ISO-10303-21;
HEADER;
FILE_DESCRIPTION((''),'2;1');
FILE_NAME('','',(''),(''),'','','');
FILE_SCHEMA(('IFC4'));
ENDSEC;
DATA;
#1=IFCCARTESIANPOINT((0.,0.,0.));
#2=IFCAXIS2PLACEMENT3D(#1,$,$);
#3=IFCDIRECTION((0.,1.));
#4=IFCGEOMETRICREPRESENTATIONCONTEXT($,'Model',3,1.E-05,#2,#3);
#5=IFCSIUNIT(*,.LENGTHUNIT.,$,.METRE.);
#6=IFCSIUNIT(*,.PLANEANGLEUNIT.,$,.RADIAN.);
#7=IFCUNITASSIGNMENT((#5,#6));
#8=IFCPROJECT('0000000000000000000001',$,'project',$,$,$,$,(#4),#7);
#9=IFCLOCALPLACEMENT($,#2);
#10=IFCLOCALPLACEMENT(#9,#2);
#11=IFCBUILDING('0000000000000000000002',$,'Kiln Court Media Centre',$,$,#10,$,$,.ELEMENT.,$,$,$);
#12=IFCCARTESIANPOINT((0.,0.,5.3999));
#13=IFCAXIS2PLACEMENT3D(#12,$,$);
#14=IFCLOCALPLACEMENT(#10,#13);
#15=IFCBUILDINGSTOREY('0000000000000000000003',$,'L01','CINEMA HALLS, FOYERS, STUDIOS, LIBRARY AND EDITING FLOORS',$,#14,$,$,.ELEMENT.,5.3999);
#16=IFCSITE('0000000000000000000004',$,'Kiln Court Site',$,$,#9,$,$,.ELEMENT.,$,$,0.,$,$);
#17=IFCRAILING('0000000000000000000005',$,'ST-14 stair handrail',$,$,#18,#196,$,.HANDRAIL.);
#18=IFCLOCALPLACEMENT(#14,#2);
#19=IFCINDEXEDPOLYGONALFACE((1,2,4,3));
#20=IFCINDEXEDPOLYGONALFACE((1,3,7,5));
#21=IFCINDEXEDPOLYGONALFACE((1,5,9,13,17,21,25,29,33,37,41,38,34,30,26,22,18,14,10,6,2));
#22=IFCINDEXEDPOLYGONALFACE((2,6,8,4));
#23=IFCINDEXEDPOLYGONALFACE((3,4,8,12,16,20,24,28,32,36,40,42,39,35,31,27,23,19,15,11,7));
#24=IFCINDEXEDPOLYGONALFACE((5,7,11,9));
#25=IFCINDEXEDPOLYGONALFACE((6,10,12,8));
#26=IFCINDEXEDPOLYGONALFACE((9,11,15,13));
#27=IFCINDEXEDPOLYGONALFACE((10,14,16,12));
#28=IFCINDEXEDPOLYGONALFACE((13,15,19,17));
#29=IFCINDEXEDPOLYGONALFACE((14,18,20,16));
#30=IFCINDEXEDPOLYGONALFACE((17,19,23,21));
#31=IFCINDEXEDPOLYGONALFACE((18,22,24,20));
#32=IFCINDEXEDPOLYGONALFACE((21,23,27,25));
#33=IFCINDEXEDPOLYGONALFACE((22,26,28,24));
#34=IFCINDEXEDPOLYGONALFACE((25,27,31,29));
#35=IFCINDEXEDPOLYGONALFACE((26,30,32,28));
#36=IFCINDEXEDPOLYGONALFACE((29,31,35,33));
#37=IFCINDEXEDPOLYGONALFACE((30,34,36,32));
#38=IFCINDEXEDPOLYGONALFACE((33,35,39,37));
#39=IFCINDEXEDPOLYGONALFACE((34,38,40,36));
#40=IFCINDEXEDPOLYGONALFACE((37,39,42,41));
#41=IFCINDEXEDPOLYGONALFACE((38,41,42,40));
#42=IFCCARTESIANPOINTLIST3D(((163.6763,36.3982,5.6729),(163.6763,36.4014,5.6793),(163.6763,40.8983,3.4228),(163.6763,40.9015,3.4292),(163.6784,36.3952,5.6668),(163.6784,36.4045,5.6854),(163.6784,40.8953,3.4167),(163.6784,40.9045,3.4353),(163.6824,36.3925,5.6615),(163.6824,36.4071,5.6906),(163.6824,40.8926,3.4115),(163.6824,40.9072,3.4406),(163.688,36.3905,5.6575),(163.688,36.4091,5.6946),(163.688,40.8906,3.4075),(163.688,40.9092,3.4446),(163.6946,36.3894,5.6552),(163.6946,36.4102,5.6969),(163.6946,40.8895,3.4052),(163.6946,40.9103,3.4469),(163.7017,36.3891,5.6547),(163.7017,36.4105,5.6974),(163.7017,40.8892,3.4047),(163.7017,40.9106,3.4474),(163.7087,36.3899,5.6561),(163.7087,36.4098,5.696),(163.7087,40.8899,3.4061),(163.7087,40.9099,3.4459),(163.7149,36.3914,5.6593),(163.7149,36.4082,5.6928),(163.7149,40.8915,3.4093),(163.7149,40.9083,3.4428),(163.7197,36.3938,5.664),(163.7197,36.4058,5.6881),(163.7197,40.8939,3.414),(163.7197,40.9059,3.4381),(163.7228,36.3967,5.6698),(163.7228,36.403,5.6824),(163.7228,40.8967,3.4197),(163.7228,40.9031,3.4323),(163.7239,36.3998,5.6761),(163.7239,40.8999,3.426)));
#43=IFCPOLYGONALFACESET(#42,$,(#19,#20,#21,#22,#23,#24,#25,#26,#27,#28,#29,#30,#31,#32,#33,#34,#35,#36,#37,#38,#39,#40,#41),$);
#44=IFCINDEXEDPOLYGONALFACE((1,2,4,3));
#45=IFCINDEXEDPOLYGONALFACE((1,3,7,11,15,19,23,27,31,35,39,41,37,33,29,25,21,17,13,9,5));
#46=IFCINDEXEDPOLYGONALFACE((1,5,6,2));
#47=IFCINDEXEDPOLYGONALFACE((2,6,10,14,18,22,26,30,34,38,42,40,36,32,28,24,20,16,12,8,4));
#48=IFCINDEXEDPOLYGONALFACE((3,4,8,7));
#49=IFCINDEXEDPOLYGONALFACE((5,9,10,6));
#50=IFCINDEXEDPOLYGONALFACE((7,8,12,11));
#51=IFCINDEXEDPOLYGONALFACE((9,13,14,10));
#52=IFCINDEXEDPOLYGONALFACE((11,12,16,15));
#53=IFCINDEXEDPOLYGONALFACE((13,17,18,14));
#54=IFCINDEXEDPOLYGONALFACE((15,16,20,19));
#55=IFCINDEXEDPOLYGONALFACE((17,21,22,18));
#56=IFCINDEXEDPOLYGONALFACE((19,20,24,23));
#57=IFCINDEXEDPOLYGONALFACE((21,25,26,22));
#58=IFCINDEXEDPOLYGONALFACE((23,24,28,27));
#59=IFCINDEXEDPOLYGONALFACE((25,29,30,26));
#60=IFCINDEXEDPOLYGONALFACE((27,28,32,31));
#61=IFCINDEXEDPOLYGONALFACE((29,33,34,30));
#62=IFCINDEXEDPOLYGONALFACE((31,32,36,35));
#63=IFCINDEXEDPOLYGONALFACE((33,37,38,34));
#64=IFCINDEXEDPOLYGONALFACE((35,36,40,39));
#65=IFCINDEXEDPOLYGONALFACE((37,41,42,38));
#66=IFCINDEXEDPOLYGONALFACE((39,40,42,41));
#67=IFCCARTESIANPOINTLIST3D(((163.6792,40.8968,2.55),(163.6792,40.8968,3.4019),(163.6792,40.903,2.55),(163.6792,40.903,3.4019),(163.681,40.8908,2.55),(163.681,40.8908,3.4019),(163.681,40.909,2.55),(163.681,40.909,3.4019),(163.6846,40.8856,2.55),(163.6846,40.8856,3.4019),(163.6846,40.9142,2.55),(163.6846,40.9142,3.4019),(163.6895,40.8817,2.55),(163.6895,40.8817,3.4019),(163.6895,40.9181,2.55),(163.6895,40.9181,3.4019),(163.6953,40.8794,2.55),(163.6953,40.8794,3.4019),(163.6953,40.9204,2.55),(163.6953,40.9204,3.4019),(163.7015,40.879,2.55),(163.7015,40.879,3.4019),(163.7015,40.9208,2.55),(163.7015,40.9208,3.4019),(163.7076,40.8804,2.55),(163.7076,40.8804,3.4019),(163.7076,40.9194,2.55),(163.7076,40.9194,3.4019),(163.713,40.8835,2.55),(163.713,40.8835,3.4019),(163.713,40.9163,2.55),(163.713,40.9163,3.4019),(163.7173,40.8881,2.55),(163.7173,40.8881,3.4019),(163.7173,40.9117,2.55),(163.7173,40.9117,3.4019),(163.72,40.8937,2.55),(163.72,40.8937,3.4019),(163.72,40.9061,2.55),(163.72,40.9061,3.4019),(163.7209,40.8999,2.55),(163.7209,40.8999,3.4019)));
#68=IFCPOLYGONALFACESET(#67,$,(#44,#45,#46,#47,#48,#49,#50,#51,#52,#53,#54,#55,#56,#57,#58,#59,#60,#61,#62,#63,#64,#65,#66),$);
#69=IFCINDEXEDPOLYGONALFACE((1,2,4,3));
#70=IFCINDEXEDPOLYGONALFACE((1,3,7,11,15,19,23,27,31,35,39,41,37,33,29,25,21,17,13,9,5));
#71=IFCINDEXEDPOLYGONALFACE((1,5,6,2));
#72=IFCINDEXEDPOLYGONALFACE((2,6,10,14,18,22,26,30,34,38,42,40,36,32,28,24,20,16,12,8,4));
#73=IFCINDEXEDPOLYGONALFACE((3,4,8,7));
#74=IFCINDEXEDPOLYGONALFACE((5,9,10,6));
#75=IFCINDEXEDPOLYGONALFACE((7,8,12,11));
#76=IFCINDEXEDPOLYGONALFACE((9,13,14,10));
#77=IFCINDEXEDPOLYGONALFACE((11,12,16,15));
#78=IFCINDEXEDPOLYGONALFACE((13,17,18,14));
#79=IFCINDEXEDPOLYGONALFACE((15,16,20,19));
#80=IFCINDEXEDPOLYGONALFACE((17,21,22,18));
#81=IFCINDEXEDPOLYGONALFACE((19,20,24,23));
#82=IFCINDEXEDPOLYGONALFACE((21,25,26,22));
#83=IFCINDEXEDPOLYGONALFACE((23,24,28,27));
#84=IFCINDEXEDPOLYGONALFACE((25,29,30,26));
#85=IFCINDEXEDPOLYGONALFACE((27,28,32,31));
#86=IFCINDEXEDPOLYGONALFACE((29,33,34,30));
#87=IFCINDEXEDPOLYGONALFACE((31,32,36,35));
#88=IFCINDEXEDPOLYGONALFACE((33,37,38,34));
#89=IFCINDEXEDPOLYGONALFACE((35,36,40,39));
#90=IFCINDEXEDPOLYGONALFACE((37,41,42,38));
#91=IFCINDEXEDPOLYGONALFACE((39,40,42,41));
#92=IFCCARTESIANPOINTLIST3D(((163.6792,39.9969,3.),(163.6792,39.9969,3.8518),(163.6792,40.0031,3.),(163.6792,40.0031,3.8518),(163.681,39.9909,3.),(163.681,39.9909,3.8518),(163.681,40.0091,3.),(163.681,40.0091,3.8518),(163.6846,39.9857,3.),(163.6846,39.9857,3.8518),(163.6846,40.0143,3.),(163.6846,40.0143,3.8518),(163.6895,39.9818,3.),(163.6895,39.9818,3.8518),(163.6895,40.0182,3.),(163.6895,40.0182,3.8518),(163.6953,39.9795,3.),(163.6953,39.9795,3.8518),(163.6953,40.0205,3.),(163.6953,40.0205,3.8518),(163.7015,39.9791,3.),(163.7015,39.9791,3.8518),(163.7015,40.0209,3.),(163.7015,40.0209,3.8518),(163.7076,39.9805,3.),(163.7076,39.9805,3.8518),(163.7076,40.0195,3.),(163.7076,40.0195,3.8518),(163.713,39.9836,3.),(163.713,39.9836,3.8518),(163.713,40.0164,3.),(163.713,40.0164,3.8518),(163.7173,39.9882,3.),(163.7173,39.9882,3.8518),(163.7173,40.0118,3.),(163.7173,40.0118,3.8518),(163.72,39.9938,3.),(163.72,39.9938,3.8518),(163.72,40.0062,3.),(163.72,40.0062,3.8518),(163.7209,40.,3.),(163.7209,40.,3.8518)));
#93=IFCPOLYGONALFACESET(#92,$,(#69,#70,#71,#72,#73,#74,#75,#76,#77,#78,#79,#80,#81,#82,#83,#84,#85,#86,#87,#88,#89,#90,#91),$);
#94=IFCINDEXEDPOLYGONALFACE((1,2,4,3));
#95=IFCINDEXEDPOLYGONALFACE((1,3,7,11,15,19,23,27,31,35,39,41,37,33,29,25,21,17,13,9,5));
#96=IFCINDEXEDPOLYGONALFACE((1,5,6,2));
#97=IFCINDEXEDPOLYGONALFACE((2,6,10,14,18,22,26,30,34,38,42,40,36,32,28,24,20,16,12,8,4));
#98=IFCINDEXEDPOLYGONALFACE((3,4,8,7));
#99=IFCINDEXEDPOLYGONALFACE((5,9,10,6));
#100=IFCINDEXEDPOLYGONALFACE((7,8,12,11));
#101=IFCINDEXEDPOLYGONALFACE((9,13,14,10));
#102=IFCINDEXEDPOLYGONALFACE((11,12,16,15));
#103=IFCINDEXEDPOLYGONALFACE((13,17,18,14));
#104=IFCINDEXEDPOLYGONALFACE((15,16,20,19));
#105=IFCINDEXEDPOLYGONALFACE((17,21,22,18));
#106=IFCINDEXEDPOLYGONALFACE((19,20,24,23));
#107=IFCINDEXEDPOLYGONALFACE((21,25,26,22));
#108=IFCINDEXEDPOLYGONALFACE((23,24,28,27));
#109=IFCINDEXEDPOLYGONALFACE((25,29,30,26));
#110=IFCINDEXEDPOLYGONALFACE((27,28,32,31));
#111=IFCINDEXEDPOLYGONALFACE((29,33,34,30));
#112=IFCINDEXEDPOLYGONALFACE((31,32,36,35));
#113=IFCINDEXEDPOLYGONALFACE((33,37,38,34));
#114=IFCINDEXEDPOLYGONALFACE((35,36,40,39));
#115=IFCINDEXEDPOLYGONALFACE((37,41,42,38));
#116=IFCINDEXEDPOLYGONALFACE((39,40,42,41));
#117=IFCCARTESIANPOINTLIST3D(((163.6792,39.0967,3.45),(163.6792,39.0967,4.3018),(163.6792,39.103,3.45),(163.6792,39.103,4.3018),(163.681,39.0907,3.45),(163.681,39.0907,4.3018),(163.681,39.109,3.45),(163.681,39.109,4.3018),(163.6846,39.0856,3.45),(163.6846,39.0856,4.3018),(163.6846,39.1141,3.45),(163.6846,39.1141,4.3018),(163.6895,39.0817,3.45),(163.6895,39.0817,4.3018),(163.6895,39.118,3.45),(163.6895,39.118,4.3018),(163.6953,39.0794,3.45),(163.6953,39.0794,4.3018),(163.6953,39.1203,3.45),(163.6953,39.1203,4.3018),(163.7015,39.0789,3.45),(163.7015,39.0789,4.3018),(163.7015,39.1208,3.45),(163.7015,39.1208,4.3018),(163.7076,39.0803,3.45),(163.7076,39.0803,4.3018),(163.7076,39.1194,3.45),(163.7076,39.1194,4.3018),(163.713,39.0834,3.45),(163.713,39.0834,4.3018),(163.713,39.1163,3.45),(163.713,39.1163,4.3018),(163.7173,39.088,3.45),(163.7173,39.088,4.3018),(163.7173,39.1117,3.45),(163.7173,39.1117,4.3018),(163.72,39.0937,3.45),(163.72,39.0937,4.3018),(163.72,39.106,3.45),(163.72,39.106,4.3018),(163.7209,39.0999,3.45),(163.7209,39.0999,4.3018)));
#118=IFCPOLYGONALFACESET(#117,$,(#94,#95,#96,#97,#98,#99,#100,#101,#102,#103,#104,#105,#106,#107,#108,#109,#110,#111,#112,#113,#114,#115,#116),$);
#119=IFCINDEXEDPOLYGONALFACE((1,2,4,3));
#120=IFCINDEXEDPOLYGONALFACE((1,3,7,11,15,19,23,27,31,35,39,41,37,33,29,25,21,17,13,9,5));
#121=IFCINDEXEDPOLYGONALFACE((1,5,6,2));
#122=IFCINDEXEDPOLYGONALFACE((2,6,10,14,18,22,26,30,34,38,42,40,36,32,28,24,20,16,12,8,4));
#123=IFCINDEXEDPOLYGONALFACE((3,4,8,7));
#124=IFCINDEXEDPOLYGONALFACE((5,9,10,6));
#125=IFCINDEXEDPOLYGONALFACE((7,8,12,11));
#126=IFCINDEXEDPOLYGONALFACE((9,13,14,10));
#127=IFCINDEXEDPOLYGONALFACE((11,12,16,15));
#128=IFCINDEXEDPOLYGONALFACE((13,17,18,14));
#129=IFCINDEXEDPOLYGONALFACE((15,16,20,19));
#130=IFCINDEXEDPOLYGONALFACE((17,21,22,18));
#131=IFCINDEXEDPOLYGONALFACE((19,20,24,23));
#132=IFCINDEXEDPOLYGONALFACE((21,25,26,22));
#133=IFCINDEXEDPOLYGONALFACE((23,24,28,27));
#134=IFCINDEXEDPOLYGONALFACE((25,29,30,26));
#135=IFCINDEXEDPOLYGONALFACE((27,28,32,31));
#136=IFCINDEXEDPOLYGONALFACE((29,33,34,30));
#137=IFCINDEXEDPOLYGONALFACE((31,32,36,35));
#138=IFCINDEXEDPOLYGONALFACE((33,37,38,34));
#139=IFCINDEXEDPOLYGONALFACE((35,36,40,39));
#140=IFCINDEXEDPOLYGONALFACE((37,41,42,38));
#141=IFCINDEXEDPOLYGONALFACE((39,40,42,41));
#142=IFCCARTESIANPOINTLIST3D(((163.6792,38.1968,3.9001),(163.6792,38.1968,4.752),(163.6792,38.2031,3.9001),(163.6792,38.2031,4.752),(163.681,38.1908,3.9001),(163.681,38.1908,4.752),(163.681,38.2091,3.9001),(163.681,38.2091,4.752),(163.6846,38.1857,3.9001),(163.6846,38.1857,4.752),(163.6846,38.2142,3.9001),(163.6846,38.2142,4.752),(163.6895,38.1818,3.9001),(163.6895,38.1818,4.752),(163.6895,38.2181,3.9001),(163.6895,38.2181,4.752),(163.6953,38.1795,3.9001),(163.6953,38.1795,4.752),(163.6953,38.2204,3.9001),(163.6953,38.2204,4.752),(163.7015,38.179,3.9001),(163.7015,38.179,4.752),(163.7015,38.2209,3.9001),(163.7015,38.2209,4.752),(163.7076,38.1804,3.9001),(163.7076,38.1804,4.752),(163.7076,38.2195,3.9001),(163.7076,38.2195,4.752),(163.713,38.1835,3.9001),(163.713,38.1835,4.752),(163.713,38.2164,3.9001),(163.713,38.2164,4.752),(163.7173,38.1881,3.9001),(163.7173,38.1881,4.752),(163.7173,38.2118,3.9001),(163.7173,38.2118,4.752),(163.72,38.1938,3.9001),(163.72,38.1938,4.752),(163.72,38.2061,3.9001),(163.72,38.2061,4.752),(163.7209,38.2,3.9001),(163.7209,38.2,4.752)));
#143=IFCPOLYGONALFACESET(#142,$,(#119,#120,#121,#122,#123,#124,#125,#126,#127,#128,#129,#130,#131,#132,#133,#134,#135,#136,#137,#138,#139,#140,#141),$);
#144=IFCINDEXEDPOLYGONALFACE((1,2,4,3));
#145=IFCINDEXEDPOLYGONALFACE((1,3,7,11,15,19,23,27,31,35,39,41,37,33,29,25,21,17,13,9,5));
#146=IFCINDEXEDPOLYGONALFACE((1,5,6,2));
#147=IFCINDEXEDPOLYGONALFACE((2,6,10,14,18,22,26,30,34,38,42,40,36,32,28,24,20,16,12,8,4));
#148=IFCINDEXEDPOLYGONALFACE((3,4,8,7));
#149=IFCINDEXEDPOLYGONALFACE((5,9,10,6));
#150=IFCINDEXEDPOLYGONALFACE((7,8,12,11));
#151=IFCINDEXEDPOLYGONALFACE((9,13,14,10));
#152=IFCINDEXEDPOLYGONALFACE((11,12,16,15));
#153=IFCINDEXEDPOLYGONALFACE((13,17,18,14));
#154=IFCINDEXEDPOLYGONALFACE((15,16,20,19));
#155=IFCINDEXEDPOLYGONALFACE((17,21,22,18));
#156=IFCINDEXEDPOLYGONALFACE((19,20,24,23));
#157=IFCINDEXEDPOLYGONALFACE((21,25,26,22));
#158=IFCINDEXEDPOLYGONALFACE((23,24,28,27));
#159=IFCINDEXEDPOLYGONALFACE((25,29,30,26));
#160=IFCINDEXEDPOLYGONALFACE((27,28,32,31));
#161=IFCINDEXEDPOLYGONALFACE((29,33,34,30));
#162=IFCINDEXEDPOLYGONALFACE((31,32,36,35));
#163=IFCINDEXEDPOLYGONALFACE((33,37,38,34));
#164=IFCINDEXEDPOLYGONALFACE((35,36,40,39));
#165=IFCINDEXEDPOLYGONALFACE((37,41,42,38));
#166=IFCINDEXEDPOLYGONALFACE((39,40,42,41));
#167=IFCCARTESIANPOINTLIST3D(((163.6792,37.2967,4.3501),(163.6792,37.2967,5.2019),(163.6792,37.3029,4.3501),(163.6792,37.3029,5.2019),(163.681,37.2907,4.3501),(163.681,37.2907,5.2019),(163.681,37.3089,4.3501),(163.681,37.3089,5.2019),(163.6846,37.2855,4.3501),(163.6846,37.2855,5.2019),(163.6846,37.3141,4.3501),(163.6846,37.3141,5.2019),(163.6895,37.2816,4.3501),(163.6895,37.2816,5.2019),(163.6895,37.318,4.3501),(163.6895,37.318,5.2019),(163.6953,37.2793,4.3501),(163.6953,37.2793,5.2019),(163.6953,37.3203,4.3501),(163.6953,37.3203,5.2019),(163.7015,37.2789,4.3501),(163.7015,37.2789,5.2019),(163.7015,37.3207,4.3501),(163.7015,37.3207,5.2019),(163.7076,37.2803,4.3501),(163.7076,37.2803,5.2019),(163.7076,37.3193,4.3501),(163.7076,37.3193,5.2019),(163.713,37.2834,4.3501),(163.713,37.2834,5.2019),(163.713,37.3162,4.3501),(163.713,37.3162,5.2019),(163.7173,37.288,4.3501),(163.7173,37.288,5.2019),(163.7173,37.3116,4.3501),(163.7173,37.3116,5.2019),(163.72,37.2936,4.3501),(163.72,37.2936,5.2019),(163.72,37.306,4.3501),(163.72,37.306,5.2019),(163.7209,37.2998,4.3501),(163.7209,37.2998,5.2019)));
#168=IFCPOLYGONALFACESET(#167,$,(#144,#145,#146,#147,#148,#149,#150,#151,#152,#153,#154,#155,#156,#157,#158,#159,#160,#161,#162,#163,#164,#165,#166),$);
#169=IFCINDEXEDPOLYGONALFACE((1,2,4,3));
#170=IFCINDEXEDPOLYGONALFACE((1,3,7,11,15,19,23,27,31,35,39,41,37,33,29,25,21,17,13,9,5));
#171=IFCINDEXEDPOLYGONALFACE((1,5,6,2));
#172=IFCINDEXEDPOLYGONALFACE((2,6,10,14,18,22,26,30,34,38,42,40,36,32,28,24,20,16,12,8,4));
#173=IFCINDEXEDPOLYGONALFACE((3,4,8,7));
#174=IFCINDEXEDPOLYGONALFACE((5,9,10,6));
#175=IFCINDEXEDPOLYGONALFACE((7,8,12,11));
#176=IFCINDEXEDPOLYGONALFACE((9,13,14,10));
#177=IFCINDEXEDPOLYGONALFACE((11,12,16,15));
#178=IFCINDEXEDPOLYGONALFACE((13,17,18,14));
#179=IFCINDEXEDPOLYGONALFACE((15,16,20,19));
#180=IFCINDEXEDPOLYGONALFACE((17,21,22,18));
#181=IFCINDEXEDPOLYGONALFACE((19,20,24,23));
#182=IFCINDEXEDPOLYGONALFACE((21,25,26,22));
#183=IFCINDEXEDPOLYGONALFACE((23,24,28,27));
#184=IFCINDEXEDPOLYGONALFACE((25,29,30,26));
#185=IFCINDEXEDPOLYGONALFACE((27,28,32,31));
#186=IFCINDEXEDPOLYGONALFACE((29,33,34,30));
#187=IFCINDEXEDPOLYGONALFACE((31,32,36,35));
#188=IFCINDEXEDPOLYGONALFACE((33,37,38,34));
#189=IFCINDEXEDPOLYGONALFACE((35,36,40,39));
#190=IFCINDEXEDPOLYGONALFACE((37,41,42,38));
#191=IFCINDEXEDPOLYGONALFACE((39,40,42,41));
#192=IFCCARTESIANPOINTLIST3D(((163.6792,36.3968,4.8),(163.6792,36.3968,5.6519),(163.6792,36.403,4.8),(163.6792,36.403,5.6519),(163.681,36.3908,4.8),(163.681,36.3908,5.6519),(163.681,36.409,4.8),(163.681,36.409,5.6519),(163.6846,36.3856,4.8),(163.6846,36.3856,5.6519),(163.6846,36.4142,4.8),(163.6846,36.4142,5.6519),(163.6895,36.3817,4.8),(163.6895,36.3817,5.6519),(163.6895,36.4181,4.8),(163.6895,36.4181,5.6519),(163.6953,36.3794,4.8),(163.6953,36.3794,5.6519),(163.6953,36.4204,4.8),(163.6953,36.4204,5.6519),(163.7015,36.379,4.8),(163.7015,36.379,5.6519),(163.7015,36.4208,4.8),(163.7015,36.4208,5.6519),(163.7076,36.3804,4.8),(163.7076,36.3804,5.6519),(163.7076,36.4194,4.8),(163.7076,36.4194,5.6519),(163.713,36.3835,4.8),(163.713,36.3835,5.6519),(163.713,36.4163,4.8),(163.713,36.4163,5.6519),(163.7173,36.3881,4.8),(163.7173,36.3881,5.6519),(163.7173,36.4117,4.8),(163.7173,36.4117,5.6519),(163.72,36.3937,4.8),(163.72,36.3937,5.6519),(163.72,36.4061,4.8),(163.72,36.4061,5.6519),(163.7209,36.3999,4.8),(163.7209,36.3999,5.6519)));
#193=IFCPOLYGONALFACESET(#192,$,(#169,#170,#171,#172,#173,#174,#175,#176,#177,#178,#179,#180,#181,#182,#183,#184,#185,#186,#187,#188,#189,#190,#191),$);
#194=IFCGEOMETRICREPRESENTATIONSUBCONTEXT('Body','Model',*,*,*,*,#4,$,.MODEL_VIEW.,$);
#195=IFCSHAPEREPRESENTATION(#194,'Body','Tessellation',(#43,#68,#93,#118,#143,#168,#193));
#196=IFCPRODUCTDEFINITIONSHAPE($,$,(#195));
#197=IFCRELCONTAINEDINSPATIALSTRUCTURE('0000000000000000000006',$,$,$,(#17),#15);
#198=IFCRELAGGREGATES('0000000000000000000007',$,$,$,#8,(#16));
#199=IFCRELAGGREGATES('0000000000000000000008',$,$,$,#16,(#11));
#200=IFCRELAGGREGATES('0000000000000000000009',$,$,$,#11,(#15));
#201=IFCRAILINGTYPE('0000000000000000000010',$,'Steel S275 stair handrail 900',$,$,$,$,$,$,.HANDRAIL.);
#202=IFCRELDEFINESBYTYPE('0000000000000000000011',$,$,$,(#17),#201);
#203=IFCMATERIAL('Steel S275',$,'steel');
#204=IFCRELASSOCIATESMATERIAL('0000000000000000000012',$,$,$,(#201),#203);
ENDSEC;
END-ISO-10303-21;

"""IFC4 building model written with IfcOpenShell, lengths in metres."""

from ifc_helpers import new_model, si_unit, direction, frame, origin, origin_2d, place, context, subcontext, project, spatial, circle, extrude, material, type_object, element, save


model = new_model("IFC4")

# Units and contexts
model_context = context("Model", 3, precision=1e-05, world=origin(), true_north=direction((0.0, 1.0)))
body_context = subcontext(model_context, "Body", "Model", "MODEL_VIEW")
ifc_project = project(units=[si_unit("LENGTHUNIT", "METRE"), si_unit("PLANEANGLEUNIT", "RADIAN")], contexts=[model_context])

# Site, building, storey
site_placement = place(None, origin())
site = spatial("IfcSite", under=ifc_project, at=site_placement, Name="Kiln Court Site", CompositionType="ELEMENT", RefElevation=0.0)
building_placement = place(site_placement, origin())
building = spatial("IfcBuilding", under=site, at=building_placement, Name="Kiln Court Media Centre", CompositionType="ELEMENT")
storey_placement = place(building_placement, frame((0.0, 0.0, 5.3999)))
storey = spatial("IfcBuildingStorey", under=building, at=storey_placement, Name="L01", Description="CINEMA HALLS, FOYERS, STUDIOS, LIBRARY AND EDITING FLOORS", CompositionType="ELEMENT", Elevation=5.3999)

# Railing
ifc_material_1 = material(Name="Steel S275", Category="steel")
railing_type_1 = type_object("IfcRailingType", Name="Steel S275 stair handrail 900", PredefinedType="HANDRAIL", material=ifc_material_1)
railing_1_placement = place(storey_placement, frame((163.7, 40.8999, 2.55)))
element("IfcRailing", 1, at=railing_1_placement, inside=storey, type_object=railing_type_1, Name="ST-14 stair handrail", PredefinedType="HANDRAIL", context=body_context, shape_type="SweptSolid", body=[
    extrude(circle(Radius=0.0239, at=origin_2d()), frame((0.0, 0.0, 0.876), z_axis=(0.0, -0.894427, 0.447214), x_axis=(1.0, 0.0, 0.0)), (0.0, 0.0, 1.0), 5.0312),
    extrude(circle(Radius=0.021, at=origin_2d()), origin(), (0.0, 0.0, 1.0), 0.8518),
    extrude(circle(Radius=0.021, at=origin_2d()), frame((0.0, -0.8999, 0.45)), (0.0, 0.0, 1.0), 0.8518),
    extrude(circle(Radius=0.021, at=origin_2d()), frame((0.0, -1.8, 0.8999)), (0.0, 0.0, 1.0), 0.8518),
    extrude(circle(Radius=0.021, at=origin_2d()), frame((0.0, -2.7, 1.3501)), (0.0, 0.0, 1.0), 0.8518),
    extrude(circle(Radius=0.021, at=origin_2d()), frame((0.0, -3.6001, 1.8)), (0.0, 0.0, 1.0), 0.8518),
    extrude(circle(Radius=0.021, at=origin_2d()), frame((0.0, -4.5, 2.25)), (0.0, 0.0, 1.0), 0.8518),
])

save(model, "model.ifc")
